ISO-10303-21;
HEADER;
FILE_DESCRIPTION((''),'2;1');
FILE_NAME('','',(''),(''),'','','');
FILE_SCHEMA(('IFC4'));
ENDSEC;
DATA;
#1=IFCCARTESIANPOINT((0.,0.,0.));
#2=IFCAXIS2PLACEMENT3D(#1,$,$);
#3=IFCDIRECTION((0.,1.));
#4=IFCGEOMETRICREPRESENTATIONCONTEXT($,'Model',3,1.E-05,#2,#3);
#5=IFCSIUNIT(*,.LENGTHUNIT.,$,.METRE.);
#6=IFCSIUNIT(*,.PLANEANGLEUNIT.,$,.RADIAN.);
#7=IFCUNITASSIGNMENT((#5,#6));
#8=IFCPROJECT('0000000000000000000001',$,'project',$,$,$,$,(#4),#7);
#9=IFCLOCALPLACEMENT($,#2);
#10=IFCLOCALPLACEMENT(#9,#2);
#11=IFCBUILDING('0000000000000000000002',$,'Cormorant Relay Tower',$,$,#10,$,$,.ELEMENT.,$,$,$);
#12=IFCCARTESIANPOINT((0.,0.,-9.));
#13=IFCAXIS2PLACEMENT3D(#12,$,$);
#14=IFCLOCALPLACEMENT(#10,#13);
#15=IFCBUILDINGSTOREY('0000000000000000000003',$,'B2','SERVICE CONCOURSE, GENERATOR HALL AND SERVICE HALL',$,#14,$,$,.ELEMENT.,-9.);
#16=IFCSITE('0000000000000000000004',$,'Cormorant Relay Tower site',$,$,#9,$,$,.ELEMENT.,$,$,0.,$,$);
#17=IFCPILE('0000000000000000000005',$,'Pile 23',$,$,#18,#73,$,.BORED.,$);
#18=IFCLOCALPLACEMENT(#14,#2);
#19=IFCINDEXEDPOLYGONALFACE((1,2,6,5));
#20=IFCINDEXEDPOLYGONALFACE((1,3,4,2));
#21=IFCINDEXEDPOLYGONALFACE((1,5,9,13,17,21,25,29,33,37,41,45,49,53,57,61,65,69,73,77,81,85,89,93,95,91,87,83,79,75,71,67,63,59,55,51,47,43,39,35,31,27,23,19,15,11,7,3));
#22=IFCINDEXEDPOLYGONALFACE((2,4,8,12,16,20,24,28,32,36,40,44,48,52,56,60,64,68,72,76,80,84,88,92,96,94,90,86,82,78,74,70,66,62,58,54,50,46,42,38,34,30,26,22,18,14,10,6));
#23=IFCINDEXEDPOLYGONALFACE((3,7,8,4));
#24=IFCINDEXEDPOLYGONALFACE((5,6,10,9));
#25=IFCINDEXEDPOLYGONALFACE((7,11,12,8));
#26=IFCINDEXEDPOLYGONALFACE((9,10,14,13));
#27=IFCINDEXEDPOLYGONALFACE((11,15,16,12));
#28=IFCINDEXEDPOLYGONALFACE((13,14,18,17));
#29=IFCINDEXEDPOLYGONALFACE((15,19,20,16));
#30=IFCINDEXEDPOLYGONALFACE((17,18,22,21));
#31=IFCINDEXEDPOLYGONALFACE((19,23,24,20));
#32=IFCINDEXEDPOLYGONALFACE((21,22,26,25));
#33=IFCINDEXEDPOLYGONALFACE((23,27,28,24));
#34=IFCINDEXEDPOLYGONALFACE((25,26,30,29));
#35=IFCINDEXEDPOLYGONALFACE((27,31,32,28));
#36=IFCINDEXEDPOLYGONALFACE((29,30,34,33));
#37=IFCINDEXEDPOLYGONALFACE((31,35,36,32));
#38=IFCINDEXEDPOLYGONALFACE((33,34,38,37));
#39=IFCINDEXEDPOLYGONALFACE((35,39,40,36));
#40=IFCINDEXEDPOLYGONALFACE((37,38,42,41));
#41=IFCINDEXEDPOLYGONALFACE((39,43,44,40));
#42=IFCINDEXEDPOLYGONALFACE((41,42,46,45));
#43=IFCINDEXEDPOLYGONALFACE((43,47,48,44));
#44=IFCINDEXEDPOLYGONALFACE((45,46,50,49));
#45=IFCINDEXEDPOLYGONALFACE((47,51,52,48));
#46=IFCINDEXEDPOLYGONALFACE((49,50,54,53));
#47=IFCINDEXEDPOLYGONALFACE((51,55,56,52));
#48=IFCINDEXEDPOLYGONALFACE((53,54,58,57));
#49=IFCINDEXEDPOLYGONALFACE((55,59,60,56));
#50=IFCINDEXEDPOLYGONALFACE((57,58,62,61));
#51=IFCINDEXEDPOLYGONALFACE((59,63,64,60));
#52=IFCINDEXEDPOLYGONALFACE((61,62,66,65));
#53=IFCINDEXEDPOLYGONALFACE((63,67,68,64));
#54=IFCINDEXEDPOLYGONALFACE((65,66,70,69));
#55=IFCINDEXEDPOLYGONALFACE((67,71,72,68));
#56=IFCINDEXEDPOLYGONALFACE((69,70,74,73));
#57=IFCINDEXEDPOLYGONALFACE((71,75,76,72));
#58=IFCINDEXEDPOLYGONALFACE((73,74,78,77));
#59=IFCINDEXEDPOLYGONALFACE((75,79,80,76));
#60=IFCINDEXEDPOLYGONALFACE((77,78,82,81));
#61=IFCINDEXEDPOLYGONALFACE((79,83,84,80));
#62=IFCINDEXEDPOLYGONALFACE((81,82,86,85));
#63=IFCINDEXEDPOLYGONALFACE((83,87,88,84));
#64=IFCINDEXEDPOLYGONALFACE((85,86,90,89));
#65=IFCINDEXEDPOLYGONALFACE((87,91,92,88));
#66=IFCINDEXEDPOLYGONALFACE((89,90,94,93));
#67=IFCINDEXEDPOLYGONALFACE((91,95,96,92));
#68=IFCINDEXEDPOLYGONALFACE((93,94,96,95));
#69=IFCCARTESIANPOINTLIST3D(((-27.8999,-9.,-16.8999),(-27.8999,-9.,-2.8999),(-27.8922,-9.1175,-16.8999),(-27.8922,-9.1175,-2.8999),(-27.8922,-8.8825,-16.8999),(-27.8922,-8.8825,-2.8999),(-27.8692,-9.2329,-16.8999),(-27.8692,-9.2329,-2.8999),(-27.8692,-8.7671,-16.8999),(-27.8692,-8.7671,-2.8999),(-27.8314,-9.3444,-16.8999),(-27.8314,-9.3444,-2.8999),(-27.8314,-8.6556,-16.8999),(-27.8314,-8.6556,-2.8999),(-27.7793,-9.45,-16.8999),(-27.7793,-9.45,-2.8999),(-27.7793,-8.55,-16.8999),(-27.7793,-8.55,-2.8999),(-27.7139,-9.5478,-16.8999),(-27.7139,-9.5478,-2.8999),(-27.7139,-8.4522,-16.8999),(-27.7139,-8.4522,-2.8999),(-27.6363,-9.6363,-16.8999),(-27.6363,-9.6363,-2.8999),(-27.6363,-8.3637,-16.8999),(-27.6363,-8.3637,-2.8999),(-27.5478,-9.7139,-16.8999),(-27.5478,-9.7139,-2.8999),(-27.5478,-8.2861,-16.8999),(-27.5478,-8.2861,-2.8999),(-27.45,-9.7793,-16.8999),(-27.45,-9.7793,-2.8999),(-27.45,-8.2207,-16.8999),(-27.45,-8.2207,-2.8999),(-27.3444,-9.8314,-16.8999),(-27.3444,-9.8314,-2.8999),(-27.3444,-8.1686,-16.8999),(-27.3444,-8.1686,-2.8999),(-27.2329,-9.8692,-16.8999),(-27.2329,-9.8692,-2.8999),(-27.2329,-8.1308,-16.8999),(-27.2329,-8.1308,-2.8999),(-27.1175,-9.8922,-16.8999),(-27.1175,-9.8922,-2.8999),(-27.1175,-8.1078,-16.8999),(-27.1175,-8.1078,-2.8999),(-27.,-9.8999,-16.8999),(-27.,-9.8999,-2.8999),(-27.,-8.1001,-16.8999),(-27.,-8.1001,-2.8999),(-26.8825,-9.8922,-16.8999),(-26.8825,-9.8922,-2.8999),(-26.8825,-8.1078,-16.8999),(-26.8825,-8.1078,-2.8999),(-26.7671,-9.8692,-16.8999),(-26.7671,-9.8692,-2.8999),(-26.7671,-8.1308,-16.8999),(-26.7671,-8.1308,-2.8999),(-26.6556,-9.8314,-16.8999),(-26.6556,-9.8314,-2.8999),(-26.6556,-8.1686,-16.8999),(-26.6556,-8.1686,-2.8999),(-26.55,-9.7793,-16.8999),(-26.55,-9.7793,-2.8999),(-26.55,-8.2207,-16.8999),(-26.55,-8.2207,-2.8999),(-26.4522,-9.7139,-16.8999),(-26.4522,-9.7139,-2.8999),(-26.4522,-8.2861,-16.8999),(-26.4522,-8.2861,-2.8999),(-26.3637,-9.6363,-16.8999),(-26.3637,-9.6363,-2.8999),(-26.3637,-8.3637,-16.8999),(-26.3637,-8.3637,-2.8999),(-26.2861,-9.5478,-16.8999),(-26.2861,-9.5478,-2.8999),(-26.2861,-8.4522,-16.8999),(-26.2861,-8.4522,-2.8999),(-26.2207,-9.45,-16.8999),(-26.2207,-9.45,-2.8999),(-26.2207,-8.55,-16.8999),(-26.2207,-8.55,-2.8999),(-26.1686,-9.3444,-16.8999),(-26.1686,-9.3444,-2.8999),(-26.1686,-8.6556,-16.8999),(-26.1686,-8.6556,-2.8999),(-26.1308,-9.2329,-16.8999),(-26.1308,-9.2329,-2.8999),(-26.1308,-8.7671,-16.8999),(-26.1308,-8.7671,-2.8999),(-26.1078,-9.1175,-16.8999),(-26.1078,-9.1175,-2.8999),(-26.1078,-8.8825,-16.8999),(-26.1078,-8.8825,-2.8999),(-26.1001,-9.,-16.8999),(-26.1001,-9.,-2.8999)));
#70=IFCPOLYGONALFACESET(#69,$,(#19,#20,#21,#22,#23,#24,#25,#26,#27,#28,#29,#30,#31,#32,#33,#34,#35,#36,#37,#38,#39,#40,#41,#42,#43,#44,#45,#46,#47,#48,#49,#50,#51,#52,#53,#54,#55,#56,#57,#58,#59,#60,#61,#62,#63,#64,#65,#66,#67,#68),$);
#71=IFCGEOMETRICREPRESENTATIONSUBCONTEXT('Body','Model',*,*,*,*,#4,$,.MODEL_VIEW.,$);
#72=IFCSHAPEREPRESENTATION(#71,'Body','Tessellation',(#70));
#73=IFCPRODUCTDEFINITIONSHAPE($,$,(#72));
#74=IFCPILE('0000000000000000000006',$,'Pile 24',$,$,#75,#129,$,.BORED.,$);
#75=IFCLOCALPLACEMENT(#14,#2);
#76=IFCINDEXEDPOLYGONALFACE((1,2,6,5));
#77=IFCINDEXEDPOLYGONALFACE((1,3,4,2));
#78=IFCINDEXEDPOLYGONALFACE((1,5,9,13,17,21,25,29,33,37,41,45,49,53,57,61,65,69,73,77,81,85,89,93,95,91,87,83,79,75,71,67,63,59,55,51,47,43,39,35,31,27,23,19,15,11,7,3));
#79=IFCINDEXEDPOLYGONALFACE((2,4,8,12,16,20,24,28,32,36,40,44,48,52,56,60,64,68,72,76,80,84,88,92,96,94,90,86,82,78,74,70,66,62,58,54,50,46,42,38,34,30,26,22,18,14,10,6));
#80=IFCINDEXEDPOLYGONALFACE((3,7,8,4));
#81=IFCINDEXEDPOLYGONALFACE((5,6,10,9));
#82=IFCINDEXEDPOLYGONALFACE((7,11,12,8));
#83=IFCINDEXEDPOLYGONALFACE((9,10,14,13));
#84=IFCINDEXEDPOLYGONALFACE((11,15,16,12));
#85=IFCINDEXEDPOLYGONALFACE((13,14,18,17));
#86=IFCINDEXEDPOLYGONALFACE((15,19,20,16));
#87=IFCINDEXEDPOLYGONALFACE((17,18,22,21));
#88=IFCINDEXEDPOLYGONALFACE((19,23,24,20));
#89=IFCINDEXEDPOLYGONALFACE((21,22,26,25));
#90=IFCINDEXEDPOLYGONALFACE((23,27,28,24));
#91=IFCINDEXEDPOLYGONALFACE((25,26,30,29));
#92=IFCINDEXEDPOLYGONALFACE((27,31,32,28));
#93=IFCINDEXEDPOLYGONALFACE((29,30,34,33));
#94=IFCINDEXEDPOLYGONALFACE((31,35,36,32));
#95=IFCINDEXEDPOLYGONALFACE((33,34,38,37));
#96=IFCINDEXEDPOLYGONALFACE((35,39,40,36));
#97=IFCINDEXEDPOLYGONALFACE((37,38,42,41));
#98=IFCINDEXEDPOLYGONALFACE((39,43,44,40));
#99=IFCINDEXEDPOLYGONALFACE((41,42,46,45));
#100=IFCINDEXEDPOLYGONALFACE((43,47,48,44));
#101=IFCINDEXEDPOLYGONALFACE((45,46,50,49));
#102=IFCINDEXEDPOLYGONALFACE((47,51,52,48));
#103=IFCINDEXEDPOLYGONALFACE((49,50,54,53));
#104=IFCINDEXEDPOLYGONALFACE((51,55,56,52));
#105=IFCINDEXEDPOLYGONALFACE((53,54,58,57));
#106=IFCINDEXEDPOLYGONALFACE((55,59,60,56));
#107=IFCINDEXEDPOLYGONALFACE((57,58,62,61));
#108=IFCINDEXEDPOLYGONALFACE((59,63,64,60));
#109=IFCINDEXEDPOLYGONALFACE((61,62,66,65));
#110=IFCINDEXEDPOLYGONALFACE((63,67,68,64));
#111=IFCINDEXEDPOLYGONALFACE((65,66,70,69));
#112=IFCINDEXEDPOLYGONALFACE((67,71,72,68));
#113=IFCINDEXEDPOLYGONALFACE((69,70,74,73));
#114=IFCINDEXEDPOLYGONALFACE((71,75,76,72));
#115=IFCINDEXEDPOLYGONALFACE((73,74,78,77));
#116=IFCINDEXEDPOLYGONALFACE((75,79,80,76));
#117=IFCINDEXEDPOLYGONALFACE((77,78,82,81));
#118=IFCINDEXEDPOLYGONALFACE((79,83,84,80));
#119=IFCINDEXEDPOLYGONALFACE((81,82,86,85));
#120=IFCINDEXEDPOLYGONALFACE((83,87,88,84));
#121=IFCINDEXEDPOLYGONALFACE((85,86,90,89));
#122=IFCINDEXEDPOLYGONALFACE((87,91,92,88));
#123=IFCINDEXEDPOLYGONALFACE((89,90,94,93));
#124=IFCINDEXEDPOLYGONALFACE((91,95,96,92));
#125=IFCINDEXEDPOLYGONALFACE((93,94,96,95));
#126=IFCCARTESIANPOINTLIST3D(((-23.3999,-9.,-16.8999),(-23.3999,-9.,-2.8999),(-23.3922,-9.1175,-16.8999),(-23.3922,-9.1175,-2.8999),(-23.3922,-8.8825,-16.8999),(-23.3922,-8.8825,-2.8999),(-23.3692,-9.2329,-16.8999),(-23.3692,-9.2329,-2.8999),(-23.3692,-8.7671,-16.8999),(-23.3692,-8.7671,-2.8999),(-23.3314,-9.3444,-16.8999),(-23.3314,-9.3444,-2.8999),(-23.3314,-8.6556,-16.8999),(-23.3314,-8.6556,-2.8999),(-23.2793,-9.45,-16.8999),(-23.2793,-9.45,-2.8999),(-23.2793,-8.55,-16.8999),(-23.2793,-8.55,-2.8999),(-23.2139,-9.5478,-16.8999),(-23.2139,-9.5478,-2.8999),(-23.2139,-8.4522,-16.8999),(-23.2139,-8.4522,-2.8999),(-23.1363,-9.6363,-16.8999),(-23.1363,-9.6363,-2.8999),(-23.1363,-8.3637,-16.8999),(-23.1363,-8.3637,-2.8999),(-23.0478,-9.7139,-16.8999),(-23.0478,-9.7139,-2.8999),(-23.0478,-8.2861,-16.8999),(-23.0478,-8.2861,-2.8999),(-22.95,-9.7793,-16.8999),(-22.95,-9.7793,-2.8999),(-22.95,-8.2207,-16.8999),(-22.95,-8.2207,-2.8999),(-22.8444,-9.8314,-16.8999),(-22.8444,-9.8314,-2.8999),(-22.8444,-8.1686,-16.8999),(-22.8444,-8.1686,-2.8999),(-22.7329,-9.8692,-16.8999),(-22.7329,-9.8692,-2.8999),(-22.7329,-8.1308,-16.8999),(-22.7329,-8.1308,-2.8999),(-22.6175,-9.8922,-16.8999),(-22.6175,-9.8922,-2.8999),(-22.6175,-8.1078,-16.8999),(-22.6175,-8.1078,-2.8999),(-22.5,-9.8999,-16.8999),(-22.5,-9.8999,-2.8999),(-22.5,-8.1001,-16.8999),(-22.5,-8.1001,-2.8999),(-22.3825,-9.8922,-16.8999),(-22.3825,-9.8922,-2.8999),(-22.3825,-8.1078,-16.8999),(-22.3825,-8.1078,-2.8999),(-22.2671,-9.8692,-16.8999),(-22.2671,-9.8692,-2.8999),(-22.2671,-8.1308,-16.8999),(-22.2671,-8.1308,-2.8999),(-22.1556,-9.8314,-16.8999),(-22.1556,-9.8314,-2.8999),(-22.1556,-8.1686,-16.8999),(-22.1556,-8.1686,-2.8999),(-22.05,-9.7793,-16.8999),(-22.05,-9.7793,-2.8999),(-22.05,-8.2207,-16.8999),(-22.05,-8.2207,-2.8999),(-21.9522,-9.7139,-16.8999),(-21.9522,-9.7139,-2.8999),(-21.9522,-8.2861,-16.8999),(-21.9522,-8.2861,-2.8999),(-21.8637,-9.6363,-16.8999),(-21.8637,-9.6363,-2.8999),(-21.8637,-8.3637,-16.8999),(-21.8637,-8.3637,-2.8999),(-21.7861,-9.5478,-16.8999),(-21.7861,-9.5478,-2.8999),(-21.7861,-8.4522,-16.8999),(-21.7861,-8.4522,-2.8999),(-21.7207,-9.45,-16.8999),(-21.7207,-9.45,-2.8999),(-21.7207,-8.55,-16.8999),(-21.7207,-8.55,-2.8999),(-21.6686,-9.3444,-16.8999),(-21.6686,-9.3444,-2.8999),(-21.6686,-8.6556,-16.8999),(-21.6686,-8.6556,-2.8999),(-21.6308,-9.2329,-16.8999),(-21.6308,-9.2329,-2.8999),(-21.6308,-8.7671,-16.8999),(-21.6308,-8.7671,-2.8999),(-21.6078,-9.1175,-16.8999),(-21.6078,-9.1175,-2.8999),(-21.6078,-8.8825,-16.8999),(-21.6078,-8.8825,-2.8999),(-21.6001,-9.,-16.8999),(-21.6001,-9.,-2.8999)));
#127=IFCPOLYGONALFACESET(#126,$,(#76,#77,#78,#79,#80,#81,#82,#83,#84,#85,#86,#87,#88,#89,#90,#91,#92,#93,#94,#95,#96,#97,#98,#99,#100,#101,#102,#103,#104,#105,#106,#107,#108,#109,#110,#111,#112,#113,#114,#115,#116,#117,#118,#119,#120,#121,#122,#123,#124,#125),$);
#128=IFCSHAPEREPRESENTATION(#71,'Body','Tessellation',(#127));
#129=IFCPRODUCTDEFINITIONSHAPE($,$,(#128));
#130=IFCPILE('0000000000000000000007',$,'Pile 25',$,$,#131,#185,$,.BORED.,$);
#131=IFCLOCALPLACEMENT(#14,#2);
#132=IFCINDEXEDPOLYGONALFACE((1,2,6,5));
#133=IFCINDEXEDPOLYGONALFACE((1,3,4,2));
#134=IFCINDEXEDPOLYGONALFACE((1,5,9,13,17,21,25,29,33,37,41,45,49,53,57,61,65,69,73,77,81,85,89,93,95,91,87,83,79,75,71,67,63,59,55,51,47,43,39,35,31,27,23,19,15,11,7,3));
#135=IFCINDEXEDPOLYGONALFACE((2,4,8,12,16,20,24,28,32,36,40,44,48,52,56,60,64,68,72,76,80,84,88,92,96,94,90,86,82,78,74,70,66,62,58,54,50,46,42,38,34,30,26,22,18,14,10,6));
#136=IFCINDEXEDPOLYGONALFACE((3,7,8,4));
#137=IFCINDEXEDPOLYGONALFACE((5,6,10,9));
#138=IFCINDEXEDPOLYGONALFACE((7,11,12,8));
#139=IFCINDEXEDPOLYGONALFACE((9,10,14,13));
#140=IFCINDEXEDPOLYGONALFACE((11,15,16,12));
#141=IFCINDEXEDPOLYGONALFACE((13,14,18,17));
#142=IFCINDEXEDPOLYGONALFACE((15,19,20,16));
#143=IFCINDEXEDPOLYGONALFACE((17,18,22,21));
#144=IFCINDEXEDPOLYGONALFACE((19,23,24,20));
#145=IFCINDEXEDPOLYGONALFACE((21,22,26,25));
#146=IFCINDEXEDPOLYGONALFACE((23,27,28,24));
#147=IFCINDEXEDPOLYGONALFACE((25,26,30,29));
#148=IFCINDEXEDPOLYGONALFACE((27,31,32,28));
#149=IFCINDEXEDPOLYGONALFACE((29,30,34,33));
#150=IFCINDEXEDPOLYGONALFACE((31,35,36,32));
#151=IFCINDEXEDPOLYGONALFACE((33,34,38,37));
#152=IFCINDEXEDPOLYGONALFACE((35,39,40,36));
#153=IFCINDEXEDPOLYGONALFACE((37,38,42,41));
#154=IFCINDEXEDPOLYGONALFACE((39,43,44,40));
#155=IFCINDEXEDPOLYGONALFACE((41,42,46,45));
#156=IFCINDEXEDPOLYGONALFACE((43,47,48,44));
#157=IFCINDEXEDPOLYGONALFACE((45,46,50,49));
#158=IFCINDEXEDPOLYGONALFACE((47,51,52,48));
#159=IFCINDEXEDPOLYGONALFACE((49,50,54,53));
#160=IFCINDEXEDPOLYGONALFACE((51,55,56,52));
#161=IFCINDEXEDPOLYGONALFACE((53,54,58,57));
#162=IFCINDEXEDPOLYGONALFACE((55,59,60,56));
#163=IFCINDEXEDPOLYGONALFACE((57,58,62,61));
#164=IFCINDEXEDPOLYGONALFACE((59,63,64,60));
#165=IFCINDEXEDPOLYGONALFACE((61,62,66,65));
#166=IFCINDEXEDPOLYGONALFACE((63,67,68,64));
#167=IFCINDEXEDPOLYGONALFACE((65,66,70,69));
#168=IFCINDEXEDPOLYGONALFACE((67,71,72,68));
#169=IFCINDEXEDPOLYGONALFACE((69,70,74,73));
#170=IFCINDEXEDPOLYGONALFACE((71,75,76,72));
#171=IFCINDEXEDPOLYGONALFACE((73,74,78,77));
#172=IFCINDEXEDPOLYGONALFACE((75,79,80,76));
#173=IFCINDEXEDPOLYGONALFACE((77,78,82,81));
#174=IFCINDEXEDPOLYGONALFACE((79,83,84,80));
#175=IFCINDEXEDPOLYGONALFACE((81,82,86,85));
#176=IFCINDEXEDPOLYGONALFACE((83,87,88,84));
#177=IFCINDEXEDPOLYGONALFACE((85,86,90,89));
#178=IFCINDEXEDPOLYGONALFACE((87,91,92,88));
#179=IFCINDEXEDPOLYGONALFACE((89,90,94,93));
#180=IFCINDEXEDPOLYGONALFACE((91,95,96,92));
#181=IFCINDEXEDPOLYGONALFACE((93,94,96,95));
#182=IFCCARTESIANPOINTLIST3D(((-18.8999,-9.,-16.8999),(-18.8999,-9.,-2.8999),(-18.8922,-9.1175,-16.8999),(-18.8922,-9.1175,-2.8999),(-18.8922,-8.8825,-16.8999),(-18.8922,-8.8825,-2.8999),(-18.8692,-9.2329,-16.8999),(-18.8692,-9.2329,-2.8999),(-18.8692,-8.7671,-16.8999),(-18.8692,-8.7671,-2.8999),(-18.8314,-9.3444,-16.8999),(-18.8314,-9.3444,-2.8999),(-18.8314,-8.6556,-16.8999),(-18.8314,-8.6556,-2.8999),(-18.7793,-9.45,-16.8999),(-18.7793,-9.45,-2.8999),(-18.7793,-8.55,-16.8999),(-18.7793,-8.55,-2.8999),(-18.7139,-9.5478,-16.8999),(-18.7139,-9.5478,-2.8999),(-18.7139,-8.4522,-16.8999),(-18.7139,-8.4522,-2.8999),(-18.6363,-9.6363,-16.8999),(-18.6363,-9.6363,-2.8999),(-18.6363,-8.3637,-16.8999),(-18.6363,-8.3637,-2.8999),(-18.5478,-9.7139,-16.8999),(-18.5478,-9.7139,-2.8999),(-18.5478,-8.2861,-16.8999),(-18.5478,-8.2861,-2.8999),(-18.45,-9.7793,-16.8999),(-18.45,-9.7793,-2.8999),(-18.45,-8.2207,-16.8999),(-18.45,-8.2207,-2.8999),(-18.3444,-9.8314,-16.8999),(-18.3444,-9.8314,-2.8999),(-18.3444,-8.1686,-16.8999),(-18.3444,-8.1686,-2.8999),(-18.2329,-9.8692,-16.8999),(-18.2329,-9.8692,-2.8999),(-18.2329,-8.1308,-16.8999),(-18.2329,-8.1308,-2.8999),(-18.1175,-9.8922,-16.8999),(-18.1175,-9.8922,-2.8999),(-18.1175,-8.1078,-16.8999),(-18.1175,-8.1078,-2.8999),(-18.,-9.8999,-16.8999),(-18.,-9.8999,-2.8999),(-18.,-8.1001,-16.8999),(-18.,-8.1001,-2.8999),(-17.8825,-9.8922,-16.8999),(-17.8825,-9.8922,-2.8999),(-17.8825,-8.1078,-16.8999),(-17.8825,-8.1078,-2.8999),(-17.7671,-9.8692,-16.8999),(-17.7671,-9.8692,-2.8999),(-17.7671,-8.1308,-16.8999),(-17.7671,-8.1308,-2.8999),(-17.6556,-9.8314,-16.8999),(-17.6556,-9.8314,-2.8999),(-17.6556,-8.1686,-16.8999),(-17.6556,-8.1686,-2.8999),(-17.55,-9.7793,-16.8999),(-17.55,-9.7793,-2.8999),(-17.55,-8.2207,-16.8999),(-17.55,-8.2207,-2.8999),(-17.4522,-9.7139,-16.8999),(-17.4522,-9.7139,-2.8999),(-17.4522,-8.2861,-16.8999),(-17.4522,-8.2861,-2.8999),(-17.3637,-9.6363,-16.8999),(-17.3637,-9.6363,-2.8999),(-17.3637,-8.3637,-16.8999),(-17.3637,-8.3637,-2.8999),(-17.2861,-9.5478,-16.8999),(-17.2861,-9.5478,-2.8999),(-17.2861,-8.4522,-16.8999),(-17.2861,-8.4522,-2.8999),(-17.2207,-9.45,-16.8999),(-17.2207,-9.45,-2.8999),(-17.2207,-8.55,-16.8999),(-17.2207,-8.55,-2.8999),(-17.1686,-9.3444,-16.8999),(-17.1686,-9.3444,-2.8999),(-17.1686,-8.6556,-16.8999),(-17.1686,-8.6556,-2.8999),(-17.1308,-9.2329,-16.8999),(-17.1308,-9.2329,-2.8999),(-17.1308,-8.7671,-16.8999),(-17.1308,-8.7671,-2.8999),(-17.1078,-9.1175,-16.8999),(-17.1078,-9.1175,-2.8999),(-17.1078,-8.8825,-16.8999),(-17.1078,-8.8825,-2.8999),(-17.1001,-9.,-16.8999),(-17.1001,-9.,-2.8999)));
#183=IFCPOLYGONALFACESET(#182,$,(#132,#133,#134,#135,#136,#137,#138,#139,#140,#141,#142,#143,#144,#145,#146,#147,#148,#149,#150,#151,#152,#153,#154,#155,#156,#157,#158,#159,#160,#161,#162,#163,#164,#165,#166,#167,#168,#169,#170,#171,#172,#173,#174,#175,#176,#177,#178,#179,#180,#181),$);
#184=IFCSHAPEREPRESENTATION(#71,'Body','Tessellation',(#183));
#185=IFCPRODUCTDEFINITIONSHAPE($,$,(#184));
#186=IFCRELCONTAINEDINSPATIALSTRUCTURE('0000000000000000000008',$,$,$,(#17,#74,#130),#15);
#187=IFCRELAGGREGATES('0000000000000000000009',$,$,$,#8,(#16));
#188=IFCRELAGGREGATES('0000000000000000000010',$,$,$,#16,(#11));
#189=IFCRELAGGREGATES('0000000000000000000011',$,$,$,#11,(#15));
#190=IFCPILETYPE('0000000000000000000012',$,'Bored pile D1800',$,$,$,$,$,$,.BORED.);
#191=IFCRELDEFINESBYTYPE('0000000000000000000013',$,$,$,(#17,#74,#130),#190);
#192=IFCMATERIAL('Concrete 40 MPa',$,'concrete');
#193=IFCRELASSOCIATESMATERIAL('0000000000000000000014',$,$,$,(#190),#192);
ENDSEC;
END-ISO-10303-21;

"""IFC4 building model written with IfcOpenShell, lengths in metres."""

from ifc_helpers import new_model, si_unit, direction, frame, origin, origin_2d, place, context, subcontext, project, spatial, circle, extrude, material, material_profile, profile_set, type_object, element, save


model = new_model("IFC4")

# Units and contexts
model_context = context("Model", 3, precision=1e-05, world=origin(), true_north=direction((0.0, 1.0)))
body_context = subcontext(model_context, "Body", "Model", "MODEL_VIEW")
ifc_project = project(units=[si_unit("LENGTHUNIT", "METRE"), si_unit("PLANEANGLEUNIT", "RADIAN")], contexts=[model_context])

# Site, building, storey
site_placement = place(None, origin())
site = spatial("IfcSite", under=ifc_project, at=site_placement, Name="Cormorant Relay Tower site", CompositionType="ELEMENT", RefElevation=0.0)
building_placement = place(site_placement, origin())
building = spatial("IfcBuilding", under=site, at=building_placement, Name="Cormorant Relay Tower", CompositionType="ELEMENT")
storey_placement = place(building_placement, frame((0.0, 0.0, -9.0)))
storey = spatial("IfcBuildingStorey", under=building, at=storey_placement, Name="B2", Description="SERVICE CONCOURSE, GENERATOR HALL AND SERVICE HALL", CompositionType="ELEMENT", Elevation=-9.0)

# Piles
ifc_material_1 = material(Name="Concrete 40 MPa", Category="concrete")
ifc_material_profile_1 = material_profile(ifc_material_1, circle(Radius=0.8999, at=origin_2d()), Name="BP1800")
ifc_profile_set_1 = profile_set([ifc_material_profile_1], Name="Concrete 40 MPa")
pile_type = type_object("IfcPileType", Name="Bored pile D1800", PredefinedType="BORED", material=ifc_profile_set_1)
for number, where, z_axis, x_axis, name in (
    (1, (-27.0, -9.0, -2.8999), (0.0, 0.0, -1.0), (1.0, 0.0, 0.0), "Pile 23"),
    (2, (-22.5, -9.0, -2.8999), (0.0, 0.0, -1.0), (1.0, 0.0, 0.0), "Pile 24"),
    (3, (-18.0, -9.0, -2.8999), (0.0, 0.0, -1.0), (1.0, 0.0, 0.0), "Pile 25"),
):
    element("IfcPile", number, at=place(storey_placement, frame(where, z_axis=z_axis, x_axis=x_axis)), inside=storey, type_object=pile_type, Name=name, PredefinedType="BORED", context=body_context, shape_type="SweptSolid", body=[
        extrude(circle(Radius=0.8999, at=origin_2d()), origin(), (0.0, 0.0, 1.0), 14.0),
    ])

save(model, "model.ifc")
